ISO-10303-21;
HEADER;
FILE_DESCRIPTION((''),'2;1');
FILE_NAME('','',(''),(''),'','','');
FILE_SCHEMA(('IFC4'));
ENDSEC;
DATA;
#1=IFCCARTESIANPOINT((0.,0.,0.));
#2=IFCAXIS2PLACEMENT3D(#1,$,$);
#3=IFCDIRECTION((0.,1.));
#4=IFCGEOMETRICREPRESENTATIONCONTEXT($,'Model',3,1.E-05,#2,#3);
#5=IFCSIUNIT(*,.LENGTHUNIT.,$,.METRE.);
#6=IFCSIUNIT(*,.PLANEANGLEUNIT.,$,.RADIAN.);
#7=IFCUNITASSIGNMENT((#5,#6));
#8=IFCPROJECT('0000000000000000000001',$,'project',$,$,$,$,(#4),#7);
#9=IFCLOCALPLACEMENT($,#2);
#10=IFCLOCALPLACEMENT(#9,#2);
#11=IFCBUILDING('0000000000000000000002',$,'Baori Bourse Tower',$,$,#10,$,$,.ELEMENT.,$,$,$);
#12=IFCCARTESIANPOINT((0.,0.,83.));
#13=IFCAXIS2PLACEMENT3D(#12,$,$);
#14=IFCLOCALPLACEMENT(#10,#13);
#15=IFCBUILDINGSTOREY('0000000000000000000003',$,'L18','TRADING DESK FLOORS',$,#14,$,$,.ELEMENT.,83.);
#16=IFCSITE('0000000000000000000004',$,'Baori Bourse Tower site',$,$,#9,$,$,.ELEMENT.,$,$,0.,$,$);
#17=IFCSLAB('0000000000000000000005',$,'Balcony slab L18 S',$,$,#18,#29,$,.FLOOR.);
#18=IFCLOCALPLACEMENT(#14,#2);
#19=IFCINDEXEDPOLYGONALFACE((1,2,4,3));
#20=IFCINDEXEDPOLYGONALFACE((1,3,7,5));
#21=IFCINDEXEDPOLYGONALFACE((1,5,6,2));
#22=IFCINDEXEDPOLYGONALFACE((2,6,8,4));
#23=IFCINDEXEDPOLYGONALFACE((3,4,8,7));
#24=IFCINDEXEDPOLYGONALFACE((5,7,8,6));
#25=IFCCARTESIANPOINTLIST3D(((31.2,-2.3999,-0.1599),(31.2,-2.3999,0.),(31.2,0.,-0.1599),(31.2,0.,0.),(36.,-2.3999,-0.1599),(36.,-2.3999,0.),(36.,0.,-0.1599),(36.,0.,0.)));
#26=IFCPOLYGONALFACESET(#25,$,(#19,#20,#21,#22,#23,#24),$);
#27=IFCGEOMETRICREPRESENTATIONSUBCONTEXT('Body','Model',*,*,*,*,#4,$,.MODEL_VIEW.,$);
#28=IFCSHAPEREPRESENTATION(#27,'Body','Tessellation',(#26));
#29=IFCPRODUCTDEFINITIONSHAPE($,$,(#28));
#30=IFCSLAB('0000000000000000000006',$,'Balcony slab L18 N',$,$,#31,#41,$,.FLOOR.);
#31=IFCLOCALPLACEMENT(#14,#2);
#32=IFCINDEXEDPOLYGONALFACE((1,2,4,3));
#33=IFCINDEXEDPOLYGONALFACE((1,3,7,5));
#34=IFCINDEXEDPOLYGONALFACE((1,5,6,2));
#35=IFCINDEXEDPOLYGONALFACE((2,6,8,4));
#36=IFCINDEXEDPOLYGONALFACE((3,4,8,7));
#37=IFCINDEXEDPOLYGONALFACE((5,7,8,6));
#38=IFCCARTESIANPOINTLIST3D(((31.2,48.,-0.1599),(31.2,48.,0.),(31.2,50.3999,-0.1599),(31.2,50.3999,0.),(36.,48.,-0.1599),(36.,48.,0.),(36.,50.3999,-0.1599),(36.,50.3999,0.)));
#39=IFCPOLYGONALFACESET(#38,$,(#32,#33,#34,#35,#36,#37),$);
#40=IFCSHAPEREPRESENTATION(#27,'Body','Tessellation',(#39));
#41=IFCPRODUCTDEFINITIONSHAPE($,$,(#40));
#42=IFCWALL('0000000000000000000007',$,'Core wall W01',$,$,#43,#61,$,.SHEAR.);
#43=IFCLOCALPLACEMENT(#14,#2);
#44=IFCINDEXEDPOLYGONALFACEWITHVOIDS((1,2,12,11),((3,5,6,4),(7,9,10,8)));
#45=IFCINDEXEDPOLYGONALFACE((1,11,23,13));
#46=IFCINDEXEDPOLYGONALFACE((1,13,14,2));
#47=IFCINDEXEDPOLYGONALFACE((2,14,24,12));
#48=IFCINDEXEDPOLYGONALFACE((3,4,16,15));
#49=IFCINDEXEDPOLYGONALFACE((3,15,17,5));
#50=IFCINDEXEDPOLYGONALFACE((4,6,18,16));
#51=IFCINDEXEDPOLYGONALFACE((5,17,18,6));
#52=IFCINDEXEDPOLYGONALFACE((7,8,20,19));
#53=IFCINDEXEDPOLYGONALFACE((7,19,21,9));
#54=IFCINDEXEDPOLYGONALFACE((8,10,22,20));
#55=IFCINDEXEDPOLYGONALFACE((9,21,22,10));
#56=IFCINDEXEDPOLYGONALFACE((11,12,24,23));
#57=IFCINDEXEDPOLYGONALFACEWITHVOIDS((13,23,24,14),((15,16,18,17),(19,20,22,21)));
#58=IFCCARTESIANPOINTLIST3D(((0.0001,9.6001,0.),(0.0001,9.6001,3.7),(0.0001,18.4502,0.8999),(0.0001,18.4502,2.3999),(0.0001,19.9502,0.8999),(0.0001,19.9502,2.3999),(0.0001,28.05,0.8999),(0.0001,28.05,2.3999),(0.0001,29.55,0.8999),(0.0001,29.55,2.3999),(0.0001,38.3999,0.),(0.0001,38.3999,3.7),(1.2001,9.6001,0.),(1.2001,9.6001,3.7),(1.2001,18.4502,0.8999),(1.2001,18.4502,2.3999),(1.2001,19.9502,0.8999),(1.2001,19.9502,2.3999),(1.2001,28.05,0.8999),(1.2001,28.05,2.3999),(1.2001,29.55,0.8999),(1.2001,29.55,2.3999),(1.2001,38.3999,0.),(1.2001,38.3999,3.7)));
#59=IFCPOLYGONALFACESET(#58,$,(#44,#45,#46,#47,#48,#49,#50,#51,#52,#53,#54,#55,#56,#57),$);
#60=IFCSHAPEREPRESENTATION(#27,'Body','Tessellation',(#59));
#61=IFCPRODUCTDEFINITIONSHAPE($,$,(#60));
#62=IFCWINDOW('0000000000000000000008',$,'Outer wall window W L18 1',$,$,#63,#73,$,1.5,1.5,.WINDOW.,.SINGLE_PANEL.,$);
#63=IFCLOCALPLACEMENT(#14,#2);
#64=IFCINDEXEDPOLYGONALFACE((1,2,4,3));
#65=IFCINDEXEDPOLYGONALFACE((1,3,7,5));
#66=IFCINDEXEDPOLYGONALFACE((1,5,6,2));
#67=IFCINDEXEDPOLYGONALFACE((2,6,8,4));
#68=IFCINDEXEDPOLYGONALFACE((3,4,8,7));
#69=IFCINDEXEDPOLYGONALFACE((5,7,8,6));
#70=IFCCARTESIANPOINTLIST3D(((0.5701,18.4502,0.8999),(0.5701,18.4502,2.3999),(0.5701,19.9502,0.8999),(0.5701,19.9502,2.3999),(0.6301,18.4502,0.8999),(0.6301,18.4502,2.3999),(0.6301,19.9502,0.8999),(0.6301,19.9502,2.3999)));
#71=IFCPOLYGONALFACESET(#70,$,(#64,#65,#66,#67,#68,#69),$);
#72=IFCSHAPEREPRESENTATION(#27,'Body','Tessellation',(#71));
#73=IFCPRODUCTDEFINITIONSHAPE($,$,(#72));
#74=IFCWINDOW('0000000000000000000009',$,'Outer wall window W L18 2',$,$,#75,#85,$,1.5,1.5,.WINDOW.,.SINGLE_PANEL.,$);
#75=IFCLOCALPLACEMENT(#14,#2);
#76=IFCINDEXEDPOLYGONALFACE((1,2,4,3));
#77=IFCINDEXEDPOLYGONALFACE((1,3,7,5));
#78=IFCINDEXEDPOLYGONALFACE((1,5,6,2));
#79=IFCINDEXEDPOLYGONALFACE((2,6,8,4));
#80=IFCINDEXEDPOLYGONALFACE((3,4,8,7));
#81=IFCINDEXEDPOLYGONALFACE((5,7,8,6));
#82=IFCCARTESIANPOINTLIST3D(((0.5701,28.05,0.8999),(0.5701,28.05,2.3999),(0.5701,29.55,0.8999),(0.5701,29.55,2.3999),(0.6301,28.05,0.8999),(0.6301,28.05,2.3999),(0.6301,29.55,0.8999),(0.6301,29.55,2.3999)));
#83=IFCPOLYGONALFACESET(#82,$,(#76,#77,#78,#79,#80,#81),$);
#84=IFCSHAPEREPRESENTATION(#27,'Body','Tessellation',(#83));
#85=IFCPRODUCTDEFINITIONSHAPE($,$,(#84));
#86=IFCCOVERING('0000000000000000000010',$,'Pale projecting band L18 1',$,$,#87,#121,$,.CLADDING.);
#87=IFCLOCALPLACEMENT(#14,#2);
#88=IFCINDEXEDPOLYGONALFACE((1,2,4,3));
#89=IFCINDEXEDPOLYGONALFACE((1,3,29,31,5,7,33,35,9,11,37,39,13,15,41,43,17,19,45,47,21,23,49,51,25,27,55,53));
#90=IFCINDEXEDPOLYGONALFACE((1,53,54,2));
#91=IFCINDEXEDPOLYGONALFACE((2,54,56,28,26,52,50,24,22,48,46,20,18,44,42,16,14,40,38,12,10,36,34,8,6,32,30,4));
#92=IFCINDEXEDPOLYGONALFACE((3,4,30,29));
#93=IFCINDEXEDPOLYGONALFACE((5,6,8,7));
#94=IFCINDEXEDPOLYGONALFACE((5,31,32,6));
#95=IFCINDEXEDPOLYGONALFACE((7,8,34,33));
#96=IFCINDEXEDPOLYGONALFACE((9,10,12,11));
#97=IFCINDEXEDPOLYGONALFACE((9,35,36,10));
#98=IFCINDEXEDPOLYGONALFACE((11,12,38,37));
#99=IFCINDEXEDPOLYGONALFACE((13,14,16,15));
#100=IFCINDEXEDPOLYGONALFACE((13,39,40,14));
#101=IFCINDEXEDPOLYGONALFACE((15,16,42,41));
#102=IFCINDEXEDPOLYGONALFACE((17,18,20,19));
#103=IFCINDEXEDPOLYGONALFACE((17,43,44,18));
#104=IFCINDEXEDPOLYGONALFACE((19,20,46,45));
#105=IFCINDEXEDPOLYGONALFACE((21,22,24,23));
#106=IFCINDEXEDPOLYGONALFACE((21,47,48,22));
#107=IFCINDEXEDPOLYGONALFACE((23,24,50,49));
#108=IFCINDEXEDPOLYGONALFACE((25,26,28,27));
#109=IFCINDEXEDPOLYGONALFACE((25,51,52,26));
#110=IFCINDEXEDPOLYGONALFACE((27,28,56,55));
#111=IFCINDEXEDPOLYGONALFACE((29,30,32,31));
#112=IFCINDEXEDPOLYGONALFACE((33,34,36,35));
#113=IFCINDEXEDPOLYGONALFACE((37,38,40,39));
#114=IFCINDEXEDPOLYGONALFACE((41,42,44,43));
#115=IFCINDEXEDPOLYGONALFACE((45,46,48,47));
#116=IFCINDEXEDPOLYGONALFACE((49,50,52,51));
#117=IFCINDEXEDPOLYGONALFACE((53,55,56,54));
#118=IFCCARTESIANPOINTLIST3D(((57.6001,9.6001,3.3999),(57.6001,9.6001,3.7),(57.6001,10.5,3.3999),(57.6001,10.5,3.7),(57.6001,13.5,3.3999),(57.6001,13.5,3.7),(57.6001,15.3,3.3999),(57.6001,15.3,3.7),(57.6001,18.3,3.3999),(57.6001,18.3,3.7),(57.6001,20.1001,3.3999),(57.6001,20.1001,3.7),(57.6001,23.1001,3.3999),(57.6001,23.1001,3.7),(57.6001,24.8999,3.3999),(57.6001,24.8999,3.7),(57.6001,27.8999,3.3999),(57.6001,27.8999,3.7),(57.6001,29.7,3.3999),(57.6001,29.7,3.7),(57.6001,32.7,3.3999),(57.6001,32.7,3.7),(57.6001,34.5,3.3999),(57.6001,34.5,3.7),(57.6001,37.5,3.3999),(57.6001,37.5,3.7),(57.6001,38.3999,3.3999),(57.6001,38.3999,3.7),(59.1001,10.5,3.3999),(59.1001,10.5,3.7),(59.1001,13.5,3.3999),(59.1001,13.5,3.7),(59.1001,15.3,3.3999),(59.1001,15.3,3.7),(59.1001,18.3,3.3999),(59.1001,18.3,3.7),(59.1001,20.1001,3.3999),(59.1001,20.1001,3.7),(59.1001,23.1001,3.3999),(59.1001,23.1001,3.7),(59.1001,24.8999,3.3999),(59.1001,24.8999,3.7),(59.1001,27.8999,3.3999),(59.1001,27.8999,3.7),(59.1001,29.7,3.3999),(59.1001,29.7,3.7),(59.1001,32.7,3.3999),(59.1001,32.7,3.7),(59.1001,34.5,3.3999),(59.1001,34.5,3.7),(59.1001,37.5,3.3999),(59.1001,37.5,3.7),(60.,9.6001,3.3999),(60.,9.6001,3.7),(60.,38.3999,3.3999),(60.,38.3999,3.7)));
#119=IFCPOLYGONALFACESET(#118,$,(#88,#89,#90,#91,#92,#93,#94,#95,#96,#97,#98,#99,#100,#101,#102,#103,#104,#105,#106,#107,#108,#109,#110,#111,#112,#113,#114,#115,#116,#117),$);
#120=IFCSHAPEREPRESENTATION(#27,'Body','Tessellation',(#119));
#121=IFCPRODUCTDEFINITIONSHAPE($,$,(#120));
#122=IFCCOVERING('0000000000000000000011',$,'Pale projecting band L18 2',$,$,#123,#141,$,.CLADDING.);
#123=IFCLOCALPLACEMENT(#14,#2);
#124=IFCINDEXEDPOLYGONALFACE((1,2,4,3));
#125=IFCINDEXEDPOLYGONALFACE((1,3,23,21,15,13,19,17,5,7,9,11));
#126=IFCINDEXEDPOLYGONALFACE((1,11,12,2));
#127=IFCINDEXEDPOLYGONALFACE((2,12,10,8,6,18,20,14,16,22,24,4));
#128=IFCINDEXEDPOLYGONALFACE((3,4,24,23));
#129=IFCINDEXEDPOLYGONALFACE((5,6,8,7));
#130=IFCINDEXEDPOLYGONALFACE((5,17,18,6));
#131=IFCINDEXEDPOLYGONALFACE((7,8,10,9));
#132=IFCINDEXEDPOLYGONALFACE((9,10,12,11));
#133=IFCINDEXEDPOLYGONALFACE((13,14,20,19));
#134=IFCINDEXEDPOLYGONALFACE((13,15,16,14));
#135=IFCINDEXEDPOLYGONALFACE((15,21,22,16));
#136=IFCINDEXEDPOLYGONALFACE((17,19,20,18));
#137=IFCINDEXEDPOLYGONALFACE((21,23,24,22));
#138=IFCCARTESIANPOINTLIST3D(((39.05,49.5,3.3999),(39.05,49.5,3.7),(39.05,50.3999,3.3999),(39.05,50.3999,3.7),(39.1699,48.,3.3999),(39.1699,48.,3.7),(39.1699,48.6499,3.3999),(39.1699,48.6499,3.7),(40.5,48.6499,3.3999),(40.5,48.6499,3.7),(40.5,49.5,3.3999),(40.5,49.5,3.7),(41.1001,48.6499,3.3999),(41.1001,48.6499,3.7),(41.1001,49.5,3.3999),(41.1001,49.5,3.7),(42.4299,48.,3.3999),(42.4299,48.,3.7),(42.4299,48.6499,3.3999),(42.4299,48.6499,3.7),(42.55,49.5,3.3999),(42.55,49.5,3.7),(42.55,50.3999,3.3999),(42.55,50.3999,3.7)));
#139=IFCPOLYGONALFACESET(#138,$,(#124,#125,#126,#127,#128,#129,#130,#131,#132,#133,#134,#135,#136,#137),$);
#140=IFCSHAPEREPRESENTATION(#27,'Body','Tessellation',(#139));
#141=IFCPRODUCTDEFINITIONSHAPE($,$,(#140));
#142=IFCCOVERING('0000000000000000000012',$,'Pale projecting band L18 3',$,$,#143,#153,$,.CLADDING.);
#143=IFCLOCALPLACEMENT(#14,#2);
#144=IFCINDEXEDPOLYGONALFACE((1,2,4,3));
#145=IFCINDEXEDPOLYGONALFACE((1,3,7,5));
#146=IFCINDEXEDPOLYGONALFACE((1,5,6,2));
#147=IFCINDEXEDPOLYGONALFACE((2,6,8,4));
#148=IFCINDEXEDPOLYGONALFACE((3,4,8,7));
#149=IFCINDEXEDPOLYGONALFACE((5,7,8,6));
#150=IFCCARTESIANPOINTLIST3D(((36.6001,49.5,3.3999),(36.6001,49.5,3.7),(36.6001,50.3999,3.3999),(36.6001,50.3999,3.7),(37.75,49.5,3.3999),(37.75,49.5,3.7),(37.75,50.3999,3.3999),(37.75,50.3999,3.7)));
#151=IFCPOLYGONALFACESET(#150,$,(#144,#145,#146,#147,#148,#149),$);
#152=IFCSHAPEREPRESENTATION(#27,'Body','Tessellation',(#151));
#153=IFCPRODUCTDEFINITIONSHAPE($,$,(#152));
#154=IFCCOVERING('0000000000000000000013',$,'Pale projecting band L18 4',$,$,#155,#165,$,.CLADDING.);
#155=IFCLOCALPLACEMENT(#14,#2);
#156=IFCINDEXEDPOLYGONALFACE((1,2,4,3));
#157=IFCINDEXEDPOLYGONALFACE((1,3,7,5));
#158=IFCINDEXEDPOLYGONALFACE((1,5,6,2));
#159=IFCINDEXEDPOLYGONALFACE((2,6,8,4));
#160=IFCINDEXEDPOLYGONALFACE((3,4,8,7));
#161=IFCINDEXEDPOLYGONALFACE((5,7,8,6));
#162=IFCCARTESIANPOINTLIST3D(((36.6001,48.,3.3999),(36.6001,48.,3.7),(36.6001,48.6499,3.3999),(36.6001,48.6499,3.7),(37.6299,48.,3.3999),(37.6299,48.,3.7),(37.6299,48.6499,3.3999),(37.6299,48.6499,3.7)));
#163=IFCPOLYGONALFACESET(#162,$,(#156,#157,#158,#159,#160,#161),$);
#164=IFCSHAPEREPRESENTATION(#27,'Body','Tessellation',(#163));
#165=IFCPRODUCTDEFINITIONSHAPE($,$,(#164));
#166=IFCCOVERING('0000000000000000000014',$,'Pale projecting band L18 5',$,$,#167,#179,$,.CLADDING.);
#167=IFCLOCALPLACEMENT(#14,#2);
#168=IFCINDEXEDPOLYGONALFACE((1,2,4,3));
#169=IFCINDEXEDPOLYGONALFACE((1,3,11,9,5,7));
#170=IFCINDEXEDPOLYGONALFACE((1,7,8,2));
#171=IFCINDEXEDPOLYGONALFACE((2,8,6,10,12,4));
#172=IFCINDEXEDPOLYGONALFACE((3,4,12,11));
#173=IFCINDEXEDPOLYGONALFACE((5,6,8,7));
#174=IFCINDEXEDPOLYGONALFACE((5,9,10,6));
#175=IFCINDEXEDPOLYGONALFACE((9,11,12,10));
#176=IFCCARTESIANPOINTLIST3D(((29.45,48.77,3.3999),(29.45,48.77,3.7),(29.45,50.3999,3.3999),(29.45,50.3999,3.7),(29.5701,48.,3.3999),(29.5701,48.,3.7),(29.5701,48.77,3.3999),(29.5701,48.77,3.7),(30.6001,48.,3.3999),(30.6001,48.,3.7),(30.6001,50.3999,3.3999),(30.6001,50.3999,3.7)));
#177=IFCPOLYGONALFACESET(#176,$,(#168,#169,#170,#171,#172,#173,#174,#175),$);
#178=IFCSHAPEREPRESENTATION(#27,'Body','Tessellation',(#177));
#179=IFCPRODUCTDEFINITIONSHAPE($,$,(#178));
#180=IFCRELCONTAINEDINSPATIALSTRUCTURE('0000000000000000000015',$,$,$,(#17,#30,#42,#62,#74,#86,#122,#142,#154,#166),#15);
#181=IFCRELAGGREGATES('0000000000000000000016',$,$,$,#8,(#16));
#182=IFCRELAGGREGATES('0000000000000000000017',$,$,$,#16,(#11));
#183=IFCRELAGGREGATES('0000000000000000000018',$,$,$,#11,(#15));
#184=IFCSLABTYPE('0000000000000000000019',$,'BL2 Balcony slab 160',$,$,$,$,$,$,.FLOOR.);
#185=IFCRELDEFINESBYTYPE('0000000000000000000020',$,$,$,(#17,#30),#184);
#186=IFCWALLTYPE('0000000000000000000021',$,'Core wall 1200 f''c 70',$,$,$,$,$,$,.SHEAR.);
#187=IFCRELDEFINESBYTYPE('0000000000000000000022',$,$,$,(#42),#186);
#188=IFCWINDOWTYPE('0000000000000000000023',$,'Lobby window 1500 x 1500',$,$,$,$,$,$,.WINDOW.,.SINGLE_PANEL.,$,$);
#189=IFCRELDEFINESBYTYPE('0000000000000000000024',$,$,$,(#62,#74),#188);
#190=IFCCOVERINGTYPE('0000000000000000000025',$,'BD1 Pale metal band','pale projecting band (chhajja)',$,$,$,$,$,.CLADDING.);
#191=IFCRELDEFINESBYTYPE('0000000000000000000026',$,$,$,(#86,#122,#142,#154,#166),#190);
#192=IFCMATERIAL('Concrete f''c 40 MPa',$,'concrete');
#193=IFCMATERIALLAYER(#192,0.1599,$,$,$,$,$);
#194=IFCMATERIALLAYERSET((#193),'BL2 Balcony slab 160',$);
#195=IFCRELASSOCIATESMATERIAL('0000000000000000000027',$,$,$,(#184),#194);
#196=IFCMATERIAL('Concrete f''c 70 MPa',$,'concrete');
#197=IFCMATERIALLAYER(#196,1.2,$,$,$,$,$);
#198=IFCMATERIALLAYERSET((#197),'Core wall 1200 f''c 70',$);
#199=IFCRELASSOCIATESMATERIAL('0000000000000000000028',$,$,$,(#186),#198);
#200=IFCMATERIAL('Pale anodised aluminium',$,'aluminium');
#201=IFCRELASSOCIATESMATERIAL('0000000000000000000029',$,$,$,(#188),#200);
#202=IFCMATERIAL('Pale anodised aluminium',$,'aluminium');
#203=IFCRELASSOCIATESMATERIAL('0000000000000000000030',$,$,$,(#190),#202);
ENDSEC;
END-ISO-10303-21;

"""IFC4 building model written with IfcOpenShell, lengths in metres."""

from ifc_helpers import new_model, si_unit, direction, frame, frame_2d, origin, place, context, subcontext, project, spatial, polyline, rectangle, outline, extrude, material, layer, layer_set, type_object, element, fill, save


model = new_model("IFC4")

# Units and contexts
model_context = context("Model", 3, precision=1e-05, world=origin(), true_north=direction((0.0, 1.0)))
body_context = subcontext(model_context, "Body", "Model", "MODEL_VIEW")
ifc_project = project(units=[si_unit("LENGTHUNIT", "METRE"), si_unit("PLANEANGLEUNIT", "RADIAN")], contexts=[model_context])

# Site, building, storey
site_placement = place(None, origin())
site = spatial("IfcSite", under=ifc_project, at=site_placement, Name="Baori Bourse Tower site", CompositionType="ELEMENT", RefElevation=0.0)
building_placement = place(site_placement, origin())
building = spatial("IfcBuilding", under=site, at=building_placement, Name="Baori Bourse Tower", CompositionType="ELEMENT")
storey_placement = place(building_placement, frame((0.0, 0.0, 83.0)))
storey = spatial("IfcBuildingStorey", under=building, at=storey_placement, Name="L18", Description="TRADING DESK FLOORS", CompositionType="ELEMENT", Elevation=83.0)

# Slabs
ifc_material_1 = material(Name="Concrete f'c 40 MPa", Category="concrete")
ifc_layer_1 = layer(ifc_material_1, 0.1599)
ifc_layer_set_1 = layer_set([ifc_layer_1], Name="BL2 Balcony slab 160")
slab_type = type_object("IfcSlabType", Name="BL2 Balcony slab 160", PredefinedType="FLOOR", material=ifc_layer_set_1)
slab_1_placement = place(storey_placement, frame((0.0, 0.0, -0.1599)))
element("IfcSlab", 1, at=slab_1_placement, inside=storey, type_object=slab_type, Name="Balcony slab L18 S", PredefinedType="FLOOR", context=body_context, shape_type="SweptSolid", body=[
    extrude(outline(polyline([(31.2, 0.0), (31.2, -2.3999), (36.0, -2.3999), (36.0, 0.0), (31.2, 0.0)])), origin(), (0.0, 0.0, 1.0), 0.1599),
])
slab_2_placement = place(storey_placement, frame((0.0, 0.0, -0.1599)))
element("IfcSlab", 2, at=slab_2_placement, inside=storey, type_object=slab_type, Name="Balcony slab L18 N", PredefinedType="FLOOR", context=body_context, shape_type="SweptSolid", body=[
    extrude(outline(polyline([(31.2, 48.0), (36.0, 48.0), (36.0, 50.3999), (31.2, 50.3999), (31.2, 48.0)])), origin(), (0.0, 0.0, 1.0), 0.1599),
])

# Wall, openings, windows
ifc_material_2 = material(Name="Concrete f'c 70 MPa", Category="concrete")
ifc_layer_2 = layer(ifc_material_2, 1.2)
ifc_layer_set_2 = layer_set([ifc_layer_2], Name="Core wall 1200 f'c 70")
wall_type = type_object("IfcWallType", Name="Core wall 1200 f'c 70", PredefinedType="SHEAR", material=ifc_layer_set_2)
wall_placement = place(storey_placement, frame((0.6001, 9.6001, 0.0), z_axis=(0.0, 0.0, 1.0), x_axis=(0.0, 1.0, 0.0)))
wall = element("IfcWall", 3, at=wall_placement, inside=storey, type_object=wall_type, Name="Core wall W01", PredefinedType="SHEAR", context=body_context, shape_type="SweptSolid", body=[
    extrude(rectangle(XDim=28.7998, YDim=1.2, at=frame_2d((14.3999, 0.0))), origin(), (0.0, 0.0, 1.0), 3.7),
])
opening_1_placement = place(wall_placement, frame((8.8501, 0.0, 0.8999)))
opening_1 = element("IfcOpeningElement", 4, at=opening_1_placement, cuts=wall, PredefinedType="OPENING", context=body_context, shape_type="SweptSolid", body=[
    extrude(rectangle(XDim=1.5, YDim=1.5, at=frame_2d((0.75, 0.75))), frame((0.0, 0.6099, 0.0), z_axis=(0.0, -1.0, 0.0), x_axis=(1.0, 0.0, 0.0)), (0.0, 0.0, 1.0), 1.22),
])
opening_2_placement = place(wall_placement, frame((18.45, 0.0, 0.8999)))
opening_2 = element("IfcOpeningElement", 5, at=opening_2_placement, cuts=wall, PredefinedType="OPENING", context=body_context, shape_type="SweptSolid", body=[
    extrude(rectangle(XDim=1.5, YDim=1.5, at=frame_2d((0.75, 0.75))), frame((0.0, 0.6099, 0.0), z_axis=(0.0, -1.0, 0.0), x_axis=(1.0, 0.0, 0.0)), (0.0, 0.0, 1.0), 1.22),
])
ifc_material_3 = material(Name="Pale anodised aluminium", Category="aluminium")
window_type = type_object("IfcWindowType", Name="Lobby window 1500 x 1500", PartitioningType="SINGLE_PANEL", PredefinedType="WINDOW", material=ifc_material_3)
window_1_placement = place(opening_1_placement, origin())
window_1 = element("IfcWindow", 6, at=window_1_placement, inside=storey, type_object=window_type, Name="Outer wall window W L18 1", OverallHeight=1.5, OverallWidth=1.5, PartitioningType="SINGLE_PANEL", PredefinedType="WINDOW", context=body_context, shape_type="SweptSolid", body=[
    extrude(rectangle(XDim=1.5, YDim=1.5, at=frame_2d((0.75, 0.75))), frame((0.0, 0.03, 0.0), z_axis=(0.0, -1.0, 0.0), x_axis=(1.0, 0.0, 0.0)), (0.0, 0.0, 1.0), 0.0601),
])
fill(opening_1, window_1)
window_2_placement = place(opening_2_placement, origin())
window_2 = element("IfcWindow", 7, at=window_2_placement, inside=storey, type_object=window_type, Name="Outer wall window W L18 2", OverallHeight=1.5, OverallWidth=1.5, PartitioningType="SINGLE_PANEL", PredefinedType="WINDOW", context=body_context, shape_type="SweptSolid", body=[
    extrude(rectangle(XDim=1.5, YDim=1.5, at=frame_2d((0.75, 0.75))), frame((0.0, 0.03, 0.0), z_axis=(0.0, -1.0, 0.0), x_axis=(1.0, 0.0, 0.0)), (0.0, 0.0, 1.0), 0.0601),
])
fill(opening_2, window_2)

# Coverings
ifc_material_4 = material(Name="Pale anodised aluminium", Category="aluminium")
covering_type_1 = type_object("IfcCoveringType", Name="BD1 Pale metal band", Description="pale projecting band (chhajja)", PredefinedType="CLADDING", material=ifc_material_4)
covering_1_placement = place(storey_placement, frame((0.0, 0.0, 3.3999)))
element("IfcCovering", 8, at=covering_1_placement, inside=storey, type_object=covering_type_1, Name="Pale projecting band L18 1", PredefinedType="CLADDING", context=body_context, shape_type="SweptSolid", body=[
    extrude(outline(polyline([(57.6001, 10.5), (57.6001, 9.6001), (60.0, 9.6001), (60.0, 38.3999), (57.6001, 38.3999), (57.6001, 37.5), (59.1001, 37.5), (59.1001, 34.5), (57.6001, 34.5), (57.6001, 32.7), (59.1001, 32.7), (59.1001, 29.7), (57.6001, 29.7), (57.6001, 27.8999), (59.1001, 27.8999), (59.1001, 24.8999), (57.6001, 24.8999), (57.6001, 23.1001), (59.1001, 23.1001), (59.1001, 20.1001), (57.6001, 20.1001), (57.6001, 18.3), (59.1001, 18.3), (59.1001, 15.3), (57.6001, 15.3), (57.6001, 13.5), (59.1001, 13.5), (59.1001, 10.5), (57.6001, 10.5)])), origin(), (0.0, 0.0, 1.0), 0.3),
])
covering_2_placement = place(storey_placement, frame((0.0, 0.0, 3.3999)))
element("IfcCovering", 9, at=covering_2_placement, inside=storey, type_object=covering_type_1, Name="Pale projecting band L18 2", PredefinedType="CLADDING", context=body_context, shape_type="SweptSolid", body=[
    extrude(outline(polyline([(39.1699, 48.0), (42.4299, 48.0), (42.4299, 48.6499), (41.1001, 48.6499), (41.1001, 49.5), (42.55, 49.5), (42.55, 50.3999), (39.05, 50.3999), (39.05, 49.5), (40.5, 49.5), (40.5, 48.6499), (39.1699, 48.6499), (39.1699, 48.0)])), origin(), (0.0, 0.0, 1.0), 0.3),
])
covering_3_placement = place(storey_placement, frame((0.0, 0.0, 3.3999)))
element("IfcCovering", 10, at=covering_3_placement, inside=storey, type_object=covering_type_1, Name="Pale projecting band L18 3", PredefinedType="CLADDING", context=body_context, shape_type="SweptSolid", body=[
    extrude(outline(polyline([(37.75, 50.3999), (36.6001, 50.3999), (36.6001, 49.5), (37.75, 49.5), (37.75, 50.3999)])), origin(), (0.0, 0.0, 1.0), 0.3),
])
covering_4_placement = place(storey_placement, frame((0.0, 0.0, 3.3999)))
element("IfcCovering", 11, at=covering_4_placement, inside=storey, type_object=covering_type_1, Name="Pale projecting band L18 4", PredefinedType="CLADDING", context=body_context, shape_type="SweptSolid", body=[
    extrude(outline(polyline([(36.6001, 48.0), (37.6299, 48.0), (37.6299, 48.6499), (36.6001, 48.6499), (36.6001, 48.0)])), origin(), (0.0, 0.0, 1.0), 0.3),
])
covering_5_placement = place(storey_placement, frame((0.0, 0.0, 3.3999)))
element("IfcCovering", 12, at=covering_5_placement, inside=storey, type_object=covering_type_1, Name="Pale projecting band L18 5", PredefinedType="CLADDING", context=body_context, shape_type="SweptSolid", body=[
    extrude(outline(polyline([(29.5701, 48.0), (30.6001, 48.0), (30.6001, 50.3999), (29.45, 50.3999), (29.45, 48.77), (29.5701, 48.77), (29.5701, 48.0)])), origin(), (0.0, 0.0, 1.0), 0.3),
])

save(model, "model.ifc")
